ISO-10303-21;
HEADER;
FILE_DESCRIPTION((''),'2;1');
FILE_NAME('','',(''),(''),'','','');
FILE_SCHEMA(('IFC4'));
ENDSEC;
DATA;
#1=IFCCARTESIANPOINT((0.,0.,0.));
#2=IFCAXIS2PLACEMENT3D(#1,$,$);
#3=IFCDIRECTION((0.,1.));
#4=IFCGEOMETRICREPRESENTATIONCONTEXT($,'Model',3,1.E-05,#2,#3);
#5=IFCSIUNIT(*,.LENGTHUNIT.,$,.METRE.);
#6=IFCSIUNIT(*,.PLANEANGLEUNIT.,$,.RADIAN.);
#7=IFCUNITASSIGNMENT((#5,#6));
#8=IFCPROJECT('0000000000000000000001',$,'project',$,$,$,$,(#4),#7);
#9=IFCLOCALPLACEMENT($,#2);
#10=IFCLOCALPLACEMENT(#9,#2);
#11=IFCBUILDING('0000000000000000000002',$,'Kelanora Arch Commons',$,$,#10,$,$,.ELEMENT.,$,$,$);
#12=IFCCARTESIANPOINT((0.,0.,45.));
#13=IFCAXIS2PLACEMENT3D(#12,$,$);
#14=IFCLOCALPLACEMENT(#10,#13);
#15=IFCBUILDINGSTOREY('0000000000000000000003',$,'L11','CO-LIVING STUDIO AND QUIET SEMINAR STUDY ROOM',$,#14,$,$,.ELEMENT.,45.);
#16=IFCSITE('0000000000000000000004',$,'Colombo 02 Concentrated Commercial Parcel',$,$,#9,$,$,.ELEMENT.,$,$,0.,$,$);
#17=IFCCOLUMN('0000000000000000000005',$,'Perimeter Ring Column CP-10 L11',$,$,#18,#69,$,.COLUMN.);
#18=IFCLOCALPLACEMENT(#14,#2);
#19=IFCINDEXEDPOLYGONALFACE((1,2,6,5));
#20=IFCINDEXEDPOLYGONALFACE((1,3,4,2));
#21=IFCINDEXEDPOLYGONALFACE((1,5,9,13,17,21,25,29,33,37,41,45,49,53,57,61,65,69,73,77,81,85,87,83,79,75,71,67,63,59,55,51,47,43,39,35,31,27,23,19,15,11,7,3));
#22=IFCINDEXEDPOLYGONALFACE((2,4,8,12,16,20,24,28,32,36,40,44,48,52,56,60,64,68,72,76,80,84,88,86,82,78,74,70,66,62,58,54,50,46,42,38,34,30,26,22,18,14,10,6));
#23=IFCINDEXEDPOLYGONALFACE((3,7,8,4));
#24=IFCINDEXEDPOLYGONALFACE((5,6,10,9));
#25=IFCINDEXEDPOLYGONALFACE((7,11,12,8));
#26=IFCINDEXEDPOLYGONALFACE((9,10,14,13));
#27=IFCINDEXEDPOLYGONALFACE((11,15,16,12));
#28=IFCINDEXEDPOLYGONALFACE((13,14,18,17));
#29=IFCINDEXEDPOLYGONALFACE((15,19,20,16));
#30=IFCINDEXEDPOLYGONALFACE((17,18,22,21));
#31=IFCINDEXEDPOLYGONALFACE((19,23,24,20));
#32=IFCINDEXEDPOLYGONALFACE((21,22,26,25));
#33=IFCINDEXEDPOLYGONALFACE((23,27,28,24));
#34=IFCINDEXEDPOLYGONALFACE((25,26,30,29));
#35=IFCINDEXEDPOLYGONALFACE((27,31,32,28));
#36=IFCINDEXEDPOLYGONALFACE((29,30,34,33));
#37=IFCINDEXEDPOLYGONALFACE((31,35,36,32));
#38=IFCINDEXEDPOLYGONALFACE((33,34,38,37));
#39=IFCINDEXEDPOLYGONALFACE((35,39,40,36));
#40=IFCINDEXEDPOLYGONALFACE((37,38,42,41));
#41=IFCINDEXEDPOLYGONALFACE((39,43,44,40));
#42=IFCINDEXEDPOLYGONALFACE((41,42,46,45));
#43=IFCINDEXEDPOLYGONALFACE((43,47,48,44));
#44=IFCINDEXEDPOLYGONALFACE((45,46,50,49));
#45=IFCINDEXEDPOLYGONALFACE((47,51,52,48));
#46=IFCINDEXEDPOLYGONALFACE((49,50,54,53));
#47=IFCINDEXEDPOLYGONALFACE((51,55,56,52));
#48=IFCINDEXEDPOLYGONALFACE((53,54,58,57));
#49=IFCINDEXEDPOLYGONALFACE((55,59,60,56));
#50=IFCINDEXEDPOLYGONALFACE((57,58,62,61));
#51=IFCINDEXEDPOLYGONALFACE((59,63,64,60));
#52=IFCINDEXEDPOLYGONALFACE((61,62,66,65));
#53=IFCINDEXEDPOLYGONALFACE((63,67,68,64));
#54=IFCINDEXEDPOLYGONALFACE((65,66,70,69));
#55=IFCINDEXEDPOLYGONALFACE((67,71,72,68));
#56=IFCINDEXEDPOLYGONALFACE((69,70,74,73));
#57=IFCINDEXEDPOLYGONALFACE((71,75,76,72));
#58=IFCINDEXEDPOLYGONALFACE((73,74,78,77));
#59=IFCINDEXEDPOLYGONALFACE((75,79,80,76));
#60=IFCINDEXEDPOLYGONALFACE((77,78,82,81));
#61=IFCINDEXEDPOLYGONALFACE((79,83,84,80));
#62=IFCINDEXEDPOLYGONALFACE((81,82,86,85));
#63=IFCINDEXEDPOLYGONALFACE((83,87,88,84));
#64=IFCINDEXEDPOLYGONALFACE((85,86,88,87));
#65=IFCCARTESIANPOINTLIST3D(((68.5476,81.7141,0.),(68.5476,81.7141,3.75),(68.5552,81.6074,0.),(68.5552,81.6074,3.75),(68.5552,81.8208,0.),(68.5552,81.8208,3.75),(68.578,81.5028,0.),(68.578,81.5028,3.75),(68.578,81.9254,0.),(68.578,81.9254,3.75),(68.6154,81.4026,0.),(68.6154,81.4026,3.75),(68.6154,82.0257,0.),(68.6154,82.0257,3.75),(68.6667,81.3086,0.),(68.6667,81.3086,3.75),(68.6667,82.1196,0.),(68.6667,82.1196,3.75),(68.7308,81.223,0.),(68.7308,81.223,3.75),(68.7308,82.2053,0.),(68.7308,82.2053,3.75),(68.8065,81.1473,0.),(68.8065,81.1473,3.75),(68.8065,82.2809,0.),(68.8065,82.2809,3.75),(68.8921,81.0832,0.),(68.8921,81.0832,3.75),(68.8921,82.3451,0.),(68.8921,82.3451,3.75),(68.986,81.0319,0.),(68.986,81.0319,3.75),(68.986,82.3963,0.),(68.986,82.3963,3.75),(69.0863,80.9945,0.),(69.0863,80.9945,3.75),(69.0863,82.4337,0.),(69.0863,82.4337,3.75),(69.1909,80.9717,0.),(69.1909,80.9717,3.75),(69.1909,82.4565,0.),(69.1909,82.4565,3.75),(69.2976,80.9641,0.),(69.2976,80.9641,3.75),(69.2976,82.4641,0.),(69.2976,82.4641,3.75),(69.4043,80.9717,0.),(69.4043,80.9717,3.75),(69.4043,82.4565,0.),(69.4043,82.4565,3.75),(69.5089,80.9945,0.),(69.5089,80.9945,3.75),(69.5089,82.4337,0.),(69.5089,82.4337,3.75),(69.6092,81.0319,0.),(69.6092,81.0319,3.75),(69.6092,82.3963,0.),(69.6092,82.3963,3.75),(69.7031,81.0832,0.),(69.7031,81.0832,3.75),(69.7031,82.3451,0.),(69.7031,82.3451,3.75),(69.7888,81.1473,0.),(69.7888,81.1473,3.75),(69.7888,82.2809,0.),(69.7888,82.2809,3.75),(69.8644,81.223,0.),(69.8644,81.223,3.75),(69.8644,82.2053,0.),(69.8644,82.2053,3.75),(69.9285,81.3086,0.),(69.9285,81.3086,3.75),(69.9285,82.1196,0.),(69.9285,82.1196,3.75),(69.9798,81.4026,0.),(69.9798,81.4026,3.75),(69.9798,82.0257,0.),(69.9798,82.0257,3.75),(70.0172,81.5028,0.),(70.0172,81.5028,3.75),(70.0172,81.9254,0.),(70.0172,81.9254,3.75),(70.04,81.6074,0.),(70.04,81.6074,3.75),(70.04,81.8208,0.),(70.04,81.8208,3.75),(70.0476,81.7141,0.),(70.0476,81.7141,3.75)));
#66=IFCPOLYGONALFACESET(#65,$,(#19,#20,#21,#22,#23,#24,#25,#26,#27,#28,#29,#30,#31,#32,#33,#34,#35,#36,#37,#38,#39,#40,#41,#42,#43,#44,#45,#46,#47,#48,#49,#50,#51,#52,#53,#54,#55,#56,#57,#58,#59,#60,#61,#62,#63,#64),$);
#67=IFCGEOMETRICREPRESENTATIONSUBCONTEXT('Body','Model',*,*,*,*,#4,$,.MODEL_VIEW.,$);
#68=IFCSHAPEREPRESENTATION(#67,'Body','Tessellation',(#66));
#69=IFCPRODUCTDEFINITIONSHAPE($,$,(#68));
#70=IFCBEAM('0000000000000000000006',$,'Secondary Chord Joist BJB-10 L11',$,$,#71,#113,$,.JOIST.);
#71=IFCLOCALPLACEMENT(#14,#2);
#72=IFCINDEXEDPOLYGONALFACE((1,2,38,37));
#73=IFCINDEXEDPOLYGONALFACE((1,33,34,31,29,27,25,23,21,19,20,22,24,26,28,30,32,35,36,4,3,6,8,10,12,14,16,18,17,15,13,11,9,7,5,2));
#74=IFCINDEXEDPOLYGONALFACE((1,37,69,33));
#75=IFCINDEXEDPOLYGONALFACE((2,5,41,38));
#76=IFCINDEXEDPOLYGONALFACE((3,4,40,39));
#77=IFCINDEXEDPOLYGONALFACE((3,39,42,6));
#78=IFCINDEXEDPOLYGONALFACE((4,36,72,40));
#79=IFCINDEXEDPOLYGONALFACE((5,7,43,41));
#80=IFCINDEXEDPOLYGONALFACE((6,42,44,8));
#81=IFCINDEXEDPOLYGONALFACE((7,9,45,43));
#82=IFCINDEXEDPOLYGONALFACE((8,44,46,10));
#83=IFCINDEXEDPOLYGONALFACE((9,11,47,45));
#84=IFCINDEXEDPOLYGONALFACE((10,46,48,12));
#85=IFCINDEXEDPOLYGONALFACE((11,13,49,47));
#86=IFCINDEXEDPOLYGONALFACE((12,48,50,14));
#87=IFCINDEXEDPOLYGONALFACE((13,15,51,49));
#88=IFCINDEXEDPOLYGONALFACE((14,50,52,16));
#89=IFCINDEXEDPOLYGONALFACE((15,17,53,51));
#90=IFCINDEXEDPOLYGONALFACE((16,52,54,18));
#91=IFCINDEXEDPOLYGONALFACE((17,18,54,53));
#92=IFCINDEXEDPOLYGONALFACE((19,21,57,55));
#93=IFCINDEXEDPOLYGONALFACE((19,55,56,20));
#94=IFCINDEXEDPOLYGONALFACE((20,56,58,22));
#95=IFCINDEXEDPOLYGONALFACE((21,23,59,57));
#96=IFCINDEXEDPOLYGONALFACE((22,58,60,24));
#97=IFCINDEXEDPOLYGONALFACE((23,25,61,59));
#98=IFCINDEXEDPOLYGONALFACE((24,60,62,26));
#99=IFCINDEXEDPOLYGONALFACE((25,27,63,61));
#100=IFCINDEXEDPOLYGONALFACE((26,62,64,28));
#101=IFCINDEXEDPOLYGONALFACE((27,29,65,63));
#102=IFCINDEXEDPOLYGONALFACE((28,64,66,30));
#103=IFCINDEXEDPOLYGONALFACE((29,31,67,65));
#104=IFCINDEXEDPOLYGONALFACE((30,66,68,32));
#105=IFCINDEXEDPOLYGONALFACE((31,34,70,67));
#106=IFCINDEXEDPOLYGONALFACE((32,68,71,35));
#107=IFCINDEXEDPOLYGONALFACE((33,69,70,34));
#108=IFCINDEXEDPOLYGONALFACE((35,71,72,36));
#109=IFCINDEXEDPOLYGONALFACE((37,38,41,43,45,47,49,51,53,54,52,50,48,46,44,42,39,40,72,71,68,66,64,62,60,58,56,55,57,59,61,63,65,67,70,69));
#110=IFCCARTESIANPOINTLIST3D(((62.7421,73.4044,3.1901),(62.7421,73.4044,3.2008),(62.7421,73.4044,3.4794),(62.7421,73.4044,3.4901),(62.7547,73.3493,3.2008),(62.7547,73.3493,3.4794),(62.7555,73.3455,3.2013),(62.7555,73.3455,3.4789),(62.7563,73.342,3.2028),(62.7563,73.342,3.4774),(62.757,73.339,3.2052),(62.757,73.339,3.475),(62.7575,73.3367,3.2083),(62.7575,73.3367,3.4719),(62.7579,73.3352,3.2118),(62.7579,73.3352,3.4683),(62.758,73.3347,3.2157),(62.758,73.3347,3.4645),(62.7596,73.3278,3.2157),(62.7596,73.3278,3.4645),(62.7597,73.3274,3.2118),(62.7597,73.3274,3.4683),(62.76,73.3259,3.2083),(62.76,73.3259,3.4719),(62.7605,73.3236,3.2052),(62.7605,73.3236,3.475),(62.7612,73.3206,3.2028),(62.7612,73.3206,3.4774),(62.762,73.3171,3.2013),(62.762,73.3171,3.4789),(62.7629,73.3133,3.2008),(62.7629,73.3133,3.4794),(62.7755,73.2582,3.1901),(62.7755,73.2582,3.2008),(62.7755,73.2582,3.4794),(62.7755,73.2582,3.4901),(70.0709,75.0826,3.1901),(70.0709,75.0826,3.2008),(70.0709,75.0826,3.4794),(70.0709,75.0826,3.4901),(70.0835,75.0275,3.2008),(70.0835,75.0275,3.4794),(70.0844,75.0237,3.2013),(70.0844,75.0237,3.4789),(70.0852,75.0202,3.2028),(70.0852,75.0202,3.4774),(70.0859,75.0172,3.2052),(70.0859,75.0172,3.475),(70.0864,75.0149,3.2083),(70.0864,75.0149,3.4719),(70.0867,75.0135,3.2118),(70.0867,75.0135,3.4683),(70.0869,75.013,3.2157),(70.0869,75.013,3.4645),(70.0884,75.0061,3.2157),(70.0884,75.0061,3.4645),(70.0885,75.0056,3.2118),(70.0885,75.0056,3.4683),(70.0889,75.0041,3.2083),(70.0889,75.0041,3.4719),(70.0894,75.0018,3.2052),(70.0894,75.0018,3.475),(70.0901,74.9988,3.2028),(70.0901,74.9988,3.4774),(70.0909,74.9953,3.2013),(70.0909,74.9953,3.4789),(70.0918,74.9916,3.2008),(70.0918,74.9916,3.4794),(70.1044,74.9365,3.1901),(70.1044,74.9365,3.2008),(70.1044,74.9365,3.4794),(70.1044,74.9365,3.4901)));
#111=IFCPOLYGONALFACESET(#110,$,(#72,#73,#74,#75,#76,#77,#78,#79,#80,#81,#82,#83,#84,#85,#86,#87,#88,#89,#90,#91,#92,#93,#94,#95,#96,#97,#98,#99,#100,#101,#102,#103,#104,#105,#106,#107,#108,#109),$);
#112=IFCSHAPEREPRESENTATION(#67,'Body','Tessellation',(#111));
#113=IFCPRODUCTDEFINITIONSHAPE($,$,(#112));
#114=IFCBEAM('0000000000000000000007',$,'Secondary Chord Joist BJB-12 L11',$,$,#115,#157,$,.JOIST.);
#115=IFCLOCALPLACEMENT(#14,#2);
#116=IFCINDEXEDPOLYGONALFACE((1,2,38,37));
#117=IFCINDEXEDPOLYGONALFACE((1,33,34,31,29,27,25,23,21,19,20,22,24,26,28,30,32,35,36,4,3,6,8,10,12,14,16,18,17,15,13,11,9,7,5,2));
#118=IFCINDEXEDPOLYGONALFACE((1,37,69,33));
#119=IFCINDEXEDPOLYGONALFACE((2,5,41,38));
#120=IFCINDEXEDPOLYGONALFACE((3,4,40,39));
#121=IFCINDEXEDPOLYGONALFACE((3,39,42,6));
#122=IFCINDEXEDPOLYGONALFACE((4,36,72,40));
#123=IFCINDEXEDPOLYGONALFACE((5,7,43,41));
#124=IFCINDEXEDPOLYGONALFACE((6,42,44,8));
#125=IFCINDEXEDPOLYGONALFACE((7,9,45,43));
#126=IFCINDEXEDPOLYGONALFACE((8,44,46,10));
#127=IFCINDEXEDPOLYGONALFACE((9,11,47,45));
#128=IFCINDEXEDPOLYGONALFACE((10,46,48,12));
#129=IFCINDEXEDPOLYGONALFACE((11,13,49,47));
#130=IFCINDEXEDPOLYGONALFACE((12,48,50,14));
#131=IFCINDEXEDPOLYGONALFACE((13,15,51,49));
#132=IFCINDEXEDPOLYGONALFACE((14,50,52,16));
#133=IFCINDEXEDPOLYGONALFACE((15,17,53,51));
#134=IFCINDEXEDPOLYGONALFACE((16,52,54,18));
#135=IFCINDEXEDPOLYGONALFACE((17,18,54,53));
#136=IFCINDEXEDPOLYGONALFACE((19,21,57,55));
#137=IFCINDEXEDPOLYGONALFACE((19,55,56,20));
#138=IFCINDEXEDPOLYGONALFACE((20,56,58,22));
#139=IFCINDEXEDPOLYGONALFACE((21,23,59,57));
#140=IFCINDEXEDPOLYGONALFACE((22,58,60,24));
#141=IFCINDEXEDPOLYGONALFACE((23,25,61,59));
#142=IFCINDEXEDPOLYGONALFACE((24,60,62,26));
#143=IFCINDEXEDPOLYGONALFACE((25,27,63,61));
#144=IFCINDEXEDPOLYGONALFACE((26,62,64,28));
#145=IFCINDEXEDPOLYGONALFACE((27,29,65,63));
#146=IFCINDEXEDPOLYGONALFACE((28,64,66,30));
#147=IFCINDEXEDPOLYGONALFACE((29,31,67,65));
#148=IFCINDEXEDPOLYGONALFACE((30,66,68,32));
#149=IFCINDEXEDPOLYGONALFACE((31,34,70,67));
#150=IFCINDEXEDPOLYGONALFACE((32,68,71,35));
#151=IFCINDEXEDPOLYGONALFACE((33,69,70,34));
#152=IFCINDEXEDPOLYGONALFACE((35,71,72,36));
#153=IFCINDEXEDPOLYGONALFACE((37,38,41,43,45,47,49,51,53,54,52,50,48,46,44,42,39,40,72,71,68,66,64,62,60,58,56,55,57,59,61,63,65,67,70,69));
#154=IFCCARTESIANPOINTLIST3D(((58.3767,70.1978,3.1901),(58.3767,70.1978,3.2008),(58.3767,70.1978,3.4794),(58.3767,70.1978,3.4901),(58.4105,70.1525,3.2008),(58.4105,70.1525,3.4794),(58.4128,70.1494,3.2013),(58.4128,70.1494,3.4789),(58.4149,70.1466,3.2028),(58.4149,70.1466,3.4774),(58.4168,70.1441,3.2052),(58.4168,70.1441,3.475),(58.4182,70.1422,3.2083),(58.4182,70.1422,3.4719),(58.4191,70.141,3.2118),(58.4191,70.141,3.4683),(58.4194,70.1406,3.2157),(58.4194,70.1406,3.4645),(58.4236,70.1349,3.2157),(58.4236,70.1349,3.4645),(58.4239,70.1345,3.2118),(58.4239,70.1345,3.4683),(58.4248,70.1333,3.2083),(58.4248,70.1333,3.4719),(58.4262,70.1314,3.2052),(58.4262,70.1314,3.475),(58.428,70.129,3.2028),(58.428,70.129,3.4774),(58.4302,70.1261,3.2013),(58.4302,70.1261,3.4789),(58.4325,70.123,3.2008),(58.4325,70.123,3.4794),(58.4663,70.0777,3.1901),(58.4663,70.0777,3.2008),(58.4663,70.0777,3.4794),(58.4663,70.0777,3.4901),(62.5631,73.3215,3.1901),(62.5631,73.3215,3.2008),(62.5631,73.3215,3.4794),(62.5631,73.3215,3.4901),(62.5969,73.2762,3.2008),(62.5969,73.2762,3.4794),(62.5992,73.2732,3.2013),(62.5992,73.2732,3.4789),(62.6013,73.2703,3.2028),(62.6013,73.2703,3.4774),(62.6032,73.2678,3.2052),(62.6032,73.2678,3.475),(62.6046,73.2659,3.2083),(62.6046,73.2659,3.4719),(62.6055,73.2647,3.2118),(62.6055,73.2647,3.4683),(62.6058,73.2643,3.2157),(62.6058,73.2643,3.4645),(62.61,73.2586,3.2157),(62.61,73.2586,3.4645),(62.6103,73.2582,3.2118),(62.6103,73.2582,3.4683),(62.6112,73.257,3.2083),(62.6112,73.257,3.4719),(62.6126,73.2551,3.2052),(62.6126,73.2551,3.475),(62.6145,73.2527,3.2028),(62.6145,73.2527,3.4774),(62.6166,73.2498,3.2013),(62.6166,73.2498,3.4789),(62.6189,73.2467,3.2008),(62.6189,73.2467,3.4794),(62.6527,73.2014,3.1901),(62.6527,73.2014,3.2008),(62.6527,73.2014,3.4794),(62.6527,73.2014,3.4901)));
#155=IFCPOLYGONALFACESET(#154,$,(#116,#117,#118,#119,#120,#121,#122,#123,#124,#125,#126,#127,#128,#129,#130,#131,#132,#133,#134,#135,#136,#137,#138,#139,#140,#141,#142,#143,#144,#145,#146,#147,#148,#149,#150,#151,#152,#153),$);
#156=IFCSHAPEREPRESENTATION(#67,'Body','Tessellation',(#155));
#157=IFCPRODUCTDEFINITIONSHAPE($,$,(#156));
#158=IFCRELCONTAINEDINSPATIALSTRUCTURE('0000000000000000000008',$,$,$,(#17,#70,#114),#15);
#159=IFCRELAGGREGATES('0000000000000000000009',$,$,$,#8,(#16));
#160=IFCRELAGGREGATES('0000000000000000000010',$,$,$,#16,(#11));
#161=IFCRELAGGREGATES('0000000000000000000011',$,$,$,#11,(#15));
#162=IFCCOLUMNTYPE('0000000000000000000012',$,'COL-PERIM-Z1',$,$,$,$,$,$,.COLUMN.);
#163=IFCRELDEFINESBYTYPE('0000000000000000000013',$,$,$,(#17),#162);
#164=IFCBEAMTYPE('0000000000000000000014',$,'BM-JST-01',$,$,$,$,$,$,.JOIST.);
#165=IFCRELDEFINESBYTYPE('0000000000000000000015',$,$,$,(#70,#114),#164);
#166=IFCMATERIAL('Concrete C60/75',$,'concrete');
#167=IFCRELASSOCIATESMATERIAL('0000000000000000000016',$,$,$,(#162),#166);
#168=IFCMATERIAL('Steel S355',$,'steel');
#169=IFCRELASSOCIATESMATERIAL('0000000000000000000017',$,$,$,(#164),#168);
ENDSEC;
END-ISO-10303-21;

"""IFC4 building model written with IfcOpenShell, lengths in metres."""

from ifc_helpers import new_model, si_unit, direction, frame, origin, origin_2d, place, context, subcontext, project, spatial, circle, i_section, extrude, material, material_profile, profile_set, type_object, element, save


model = new_model("IFC4")

# Units and contexts
model_context = context("Model", 3, precision=1e-05, world=origin(), true_north=direction((0.0, 1.0)))
body_context = subcontext(model_context, "Body", "Model", "MODEL_VIEW")
ifc_project = project(units=[si_unit("LENGTHUNIT", "METRE"), si_unit("PLANEANGLEUNIT", "RADIAN")], contexts=[model_context])

# Site, building, storey
site_placement = place(None, origin())
site = spatial("IfcSite", under=ifc_project, at=site_placement, Name="Colombo 02 Concentrated Commercial Parcel", CompositionType="ELEMENT", RefElevation=0.0)
building_placement = place(site_placement, origin())
building = spatial("IfcBuilding", under=site, at=building_placement, Name="Kelanora Arch Commons", CompositionType="ELEMENT")
storey_placement = place(building_placement, frame((0.0, 0.0, 45.0)))
storey = spatial("IfcBuildingStorey", under=building, at=storey_placement, Name="L11", Description="CO-LIVING STUDIO AND QUIET SEMINAR STUDY ROOM", CompositionType="ELEMENT", Elevation=45.0)

# Column
ifc_material_1 = material(Name="Concrete C60/75", Category="concrete")
ifc_material_profile_1 = material_profile(ifc_material_1, circle(Radius=0.75, at=origin_2d()), Name="RCC1500")
ifc_profile_set_1 = profile_set([ifc_material_profile_1], Name="Concrete C60/75")
column_type = type_object("IfcColumnType", Name="COL-PERIM-Z1", PredefinedType="COLUMN", material=ifc_profile_set_1)
column_placement = place(storey_placement, frame((69.2976, 81.7141, 0.0), z_axis=(0.0, 0.0, 1.0), x_axis=(1.0, 0.0, 0.0)))
element("IfcColumn", 1, at=column_placement, inside=storey, type_object=column_type, Name="Perimeter Ring Column CP-10 L11", PredefinedType="COLUMN", context=body_context, shape_type="SweptSolid", body=[
    extrude(circle(Radius=0.75, at=origin_2d()), origin(), (0.0, 0.0, 1.0), 3.75),
])

# Beams
ifc_material_2 = material(Name="Steel S355", Category="steel")
ifc_material_profile_2 = material_profile(ifc_material_2, i_section(OverallWidth=0.1499, OverallDepth=0.3, WebThickness=0.0071, FlangeThickness=0.0107, FilletRadius=0.0149, at=origin_2d()), Name="IPE300")
ifc_profile_set_2 = profile_set([ifc_material_profile_2], Name="Steel S355")
beam_type_1 = type_object("IfcBeamType", Name="BM-JST-01", PredefinedType="JOIST", material=ifc_profile_set_2)
beam_1_placement = place(storey_placement, frame((70.0876, 75.0095, 3.3401), z_axis=(-0.97477, -0.223211, 0.0), x_axis=(0.223211, -0.97477, 0.0)))
element("IfcBeam", 2, at=beam_1_placement, inside=storey, type_object=beam_type_1, Name="Secondary Chord Joist BJB-10 L11", PredefinedType="JOIST", context=body_context, shape_type="SweptSolid", body=[
    extrude(i_section(OverallWidth=0.1499, OverallDepth=0.3, WebThickness=0.0071, FlangeThickness=0.0107, FilletRadius=0.0149, at=origin_2d()), origin(), (0.0, 0.0, 1.0), 7.5186),
])
beam_2_placement = place(storey_placement, frame((62.6079, 73.2615, 3.3401), z_axis=(-0.801478, -0.598024, 0.0), x_axis=(0.598024, -0.801478, 0.0)))
element("IfcBeam", 3, at=beam_2_placement, inside=storey, type_object=beam_type_1, Name="Secondary Chord Joist BJB-12 L11", PredefinedType="JOIST", context=body_context, shape_type="SweptSolid", body=[
    extrude(i_section(OverallWidth=0.1499, OverallDepth=0.3, WebThickness=0.0071, FlangeThickness=0.0107, FilletRadius=0.0149, at=origin_2d()), origin(), (0.0, 0.0, 1.0), 5.2234),
])

save(model, "model.ifc")
